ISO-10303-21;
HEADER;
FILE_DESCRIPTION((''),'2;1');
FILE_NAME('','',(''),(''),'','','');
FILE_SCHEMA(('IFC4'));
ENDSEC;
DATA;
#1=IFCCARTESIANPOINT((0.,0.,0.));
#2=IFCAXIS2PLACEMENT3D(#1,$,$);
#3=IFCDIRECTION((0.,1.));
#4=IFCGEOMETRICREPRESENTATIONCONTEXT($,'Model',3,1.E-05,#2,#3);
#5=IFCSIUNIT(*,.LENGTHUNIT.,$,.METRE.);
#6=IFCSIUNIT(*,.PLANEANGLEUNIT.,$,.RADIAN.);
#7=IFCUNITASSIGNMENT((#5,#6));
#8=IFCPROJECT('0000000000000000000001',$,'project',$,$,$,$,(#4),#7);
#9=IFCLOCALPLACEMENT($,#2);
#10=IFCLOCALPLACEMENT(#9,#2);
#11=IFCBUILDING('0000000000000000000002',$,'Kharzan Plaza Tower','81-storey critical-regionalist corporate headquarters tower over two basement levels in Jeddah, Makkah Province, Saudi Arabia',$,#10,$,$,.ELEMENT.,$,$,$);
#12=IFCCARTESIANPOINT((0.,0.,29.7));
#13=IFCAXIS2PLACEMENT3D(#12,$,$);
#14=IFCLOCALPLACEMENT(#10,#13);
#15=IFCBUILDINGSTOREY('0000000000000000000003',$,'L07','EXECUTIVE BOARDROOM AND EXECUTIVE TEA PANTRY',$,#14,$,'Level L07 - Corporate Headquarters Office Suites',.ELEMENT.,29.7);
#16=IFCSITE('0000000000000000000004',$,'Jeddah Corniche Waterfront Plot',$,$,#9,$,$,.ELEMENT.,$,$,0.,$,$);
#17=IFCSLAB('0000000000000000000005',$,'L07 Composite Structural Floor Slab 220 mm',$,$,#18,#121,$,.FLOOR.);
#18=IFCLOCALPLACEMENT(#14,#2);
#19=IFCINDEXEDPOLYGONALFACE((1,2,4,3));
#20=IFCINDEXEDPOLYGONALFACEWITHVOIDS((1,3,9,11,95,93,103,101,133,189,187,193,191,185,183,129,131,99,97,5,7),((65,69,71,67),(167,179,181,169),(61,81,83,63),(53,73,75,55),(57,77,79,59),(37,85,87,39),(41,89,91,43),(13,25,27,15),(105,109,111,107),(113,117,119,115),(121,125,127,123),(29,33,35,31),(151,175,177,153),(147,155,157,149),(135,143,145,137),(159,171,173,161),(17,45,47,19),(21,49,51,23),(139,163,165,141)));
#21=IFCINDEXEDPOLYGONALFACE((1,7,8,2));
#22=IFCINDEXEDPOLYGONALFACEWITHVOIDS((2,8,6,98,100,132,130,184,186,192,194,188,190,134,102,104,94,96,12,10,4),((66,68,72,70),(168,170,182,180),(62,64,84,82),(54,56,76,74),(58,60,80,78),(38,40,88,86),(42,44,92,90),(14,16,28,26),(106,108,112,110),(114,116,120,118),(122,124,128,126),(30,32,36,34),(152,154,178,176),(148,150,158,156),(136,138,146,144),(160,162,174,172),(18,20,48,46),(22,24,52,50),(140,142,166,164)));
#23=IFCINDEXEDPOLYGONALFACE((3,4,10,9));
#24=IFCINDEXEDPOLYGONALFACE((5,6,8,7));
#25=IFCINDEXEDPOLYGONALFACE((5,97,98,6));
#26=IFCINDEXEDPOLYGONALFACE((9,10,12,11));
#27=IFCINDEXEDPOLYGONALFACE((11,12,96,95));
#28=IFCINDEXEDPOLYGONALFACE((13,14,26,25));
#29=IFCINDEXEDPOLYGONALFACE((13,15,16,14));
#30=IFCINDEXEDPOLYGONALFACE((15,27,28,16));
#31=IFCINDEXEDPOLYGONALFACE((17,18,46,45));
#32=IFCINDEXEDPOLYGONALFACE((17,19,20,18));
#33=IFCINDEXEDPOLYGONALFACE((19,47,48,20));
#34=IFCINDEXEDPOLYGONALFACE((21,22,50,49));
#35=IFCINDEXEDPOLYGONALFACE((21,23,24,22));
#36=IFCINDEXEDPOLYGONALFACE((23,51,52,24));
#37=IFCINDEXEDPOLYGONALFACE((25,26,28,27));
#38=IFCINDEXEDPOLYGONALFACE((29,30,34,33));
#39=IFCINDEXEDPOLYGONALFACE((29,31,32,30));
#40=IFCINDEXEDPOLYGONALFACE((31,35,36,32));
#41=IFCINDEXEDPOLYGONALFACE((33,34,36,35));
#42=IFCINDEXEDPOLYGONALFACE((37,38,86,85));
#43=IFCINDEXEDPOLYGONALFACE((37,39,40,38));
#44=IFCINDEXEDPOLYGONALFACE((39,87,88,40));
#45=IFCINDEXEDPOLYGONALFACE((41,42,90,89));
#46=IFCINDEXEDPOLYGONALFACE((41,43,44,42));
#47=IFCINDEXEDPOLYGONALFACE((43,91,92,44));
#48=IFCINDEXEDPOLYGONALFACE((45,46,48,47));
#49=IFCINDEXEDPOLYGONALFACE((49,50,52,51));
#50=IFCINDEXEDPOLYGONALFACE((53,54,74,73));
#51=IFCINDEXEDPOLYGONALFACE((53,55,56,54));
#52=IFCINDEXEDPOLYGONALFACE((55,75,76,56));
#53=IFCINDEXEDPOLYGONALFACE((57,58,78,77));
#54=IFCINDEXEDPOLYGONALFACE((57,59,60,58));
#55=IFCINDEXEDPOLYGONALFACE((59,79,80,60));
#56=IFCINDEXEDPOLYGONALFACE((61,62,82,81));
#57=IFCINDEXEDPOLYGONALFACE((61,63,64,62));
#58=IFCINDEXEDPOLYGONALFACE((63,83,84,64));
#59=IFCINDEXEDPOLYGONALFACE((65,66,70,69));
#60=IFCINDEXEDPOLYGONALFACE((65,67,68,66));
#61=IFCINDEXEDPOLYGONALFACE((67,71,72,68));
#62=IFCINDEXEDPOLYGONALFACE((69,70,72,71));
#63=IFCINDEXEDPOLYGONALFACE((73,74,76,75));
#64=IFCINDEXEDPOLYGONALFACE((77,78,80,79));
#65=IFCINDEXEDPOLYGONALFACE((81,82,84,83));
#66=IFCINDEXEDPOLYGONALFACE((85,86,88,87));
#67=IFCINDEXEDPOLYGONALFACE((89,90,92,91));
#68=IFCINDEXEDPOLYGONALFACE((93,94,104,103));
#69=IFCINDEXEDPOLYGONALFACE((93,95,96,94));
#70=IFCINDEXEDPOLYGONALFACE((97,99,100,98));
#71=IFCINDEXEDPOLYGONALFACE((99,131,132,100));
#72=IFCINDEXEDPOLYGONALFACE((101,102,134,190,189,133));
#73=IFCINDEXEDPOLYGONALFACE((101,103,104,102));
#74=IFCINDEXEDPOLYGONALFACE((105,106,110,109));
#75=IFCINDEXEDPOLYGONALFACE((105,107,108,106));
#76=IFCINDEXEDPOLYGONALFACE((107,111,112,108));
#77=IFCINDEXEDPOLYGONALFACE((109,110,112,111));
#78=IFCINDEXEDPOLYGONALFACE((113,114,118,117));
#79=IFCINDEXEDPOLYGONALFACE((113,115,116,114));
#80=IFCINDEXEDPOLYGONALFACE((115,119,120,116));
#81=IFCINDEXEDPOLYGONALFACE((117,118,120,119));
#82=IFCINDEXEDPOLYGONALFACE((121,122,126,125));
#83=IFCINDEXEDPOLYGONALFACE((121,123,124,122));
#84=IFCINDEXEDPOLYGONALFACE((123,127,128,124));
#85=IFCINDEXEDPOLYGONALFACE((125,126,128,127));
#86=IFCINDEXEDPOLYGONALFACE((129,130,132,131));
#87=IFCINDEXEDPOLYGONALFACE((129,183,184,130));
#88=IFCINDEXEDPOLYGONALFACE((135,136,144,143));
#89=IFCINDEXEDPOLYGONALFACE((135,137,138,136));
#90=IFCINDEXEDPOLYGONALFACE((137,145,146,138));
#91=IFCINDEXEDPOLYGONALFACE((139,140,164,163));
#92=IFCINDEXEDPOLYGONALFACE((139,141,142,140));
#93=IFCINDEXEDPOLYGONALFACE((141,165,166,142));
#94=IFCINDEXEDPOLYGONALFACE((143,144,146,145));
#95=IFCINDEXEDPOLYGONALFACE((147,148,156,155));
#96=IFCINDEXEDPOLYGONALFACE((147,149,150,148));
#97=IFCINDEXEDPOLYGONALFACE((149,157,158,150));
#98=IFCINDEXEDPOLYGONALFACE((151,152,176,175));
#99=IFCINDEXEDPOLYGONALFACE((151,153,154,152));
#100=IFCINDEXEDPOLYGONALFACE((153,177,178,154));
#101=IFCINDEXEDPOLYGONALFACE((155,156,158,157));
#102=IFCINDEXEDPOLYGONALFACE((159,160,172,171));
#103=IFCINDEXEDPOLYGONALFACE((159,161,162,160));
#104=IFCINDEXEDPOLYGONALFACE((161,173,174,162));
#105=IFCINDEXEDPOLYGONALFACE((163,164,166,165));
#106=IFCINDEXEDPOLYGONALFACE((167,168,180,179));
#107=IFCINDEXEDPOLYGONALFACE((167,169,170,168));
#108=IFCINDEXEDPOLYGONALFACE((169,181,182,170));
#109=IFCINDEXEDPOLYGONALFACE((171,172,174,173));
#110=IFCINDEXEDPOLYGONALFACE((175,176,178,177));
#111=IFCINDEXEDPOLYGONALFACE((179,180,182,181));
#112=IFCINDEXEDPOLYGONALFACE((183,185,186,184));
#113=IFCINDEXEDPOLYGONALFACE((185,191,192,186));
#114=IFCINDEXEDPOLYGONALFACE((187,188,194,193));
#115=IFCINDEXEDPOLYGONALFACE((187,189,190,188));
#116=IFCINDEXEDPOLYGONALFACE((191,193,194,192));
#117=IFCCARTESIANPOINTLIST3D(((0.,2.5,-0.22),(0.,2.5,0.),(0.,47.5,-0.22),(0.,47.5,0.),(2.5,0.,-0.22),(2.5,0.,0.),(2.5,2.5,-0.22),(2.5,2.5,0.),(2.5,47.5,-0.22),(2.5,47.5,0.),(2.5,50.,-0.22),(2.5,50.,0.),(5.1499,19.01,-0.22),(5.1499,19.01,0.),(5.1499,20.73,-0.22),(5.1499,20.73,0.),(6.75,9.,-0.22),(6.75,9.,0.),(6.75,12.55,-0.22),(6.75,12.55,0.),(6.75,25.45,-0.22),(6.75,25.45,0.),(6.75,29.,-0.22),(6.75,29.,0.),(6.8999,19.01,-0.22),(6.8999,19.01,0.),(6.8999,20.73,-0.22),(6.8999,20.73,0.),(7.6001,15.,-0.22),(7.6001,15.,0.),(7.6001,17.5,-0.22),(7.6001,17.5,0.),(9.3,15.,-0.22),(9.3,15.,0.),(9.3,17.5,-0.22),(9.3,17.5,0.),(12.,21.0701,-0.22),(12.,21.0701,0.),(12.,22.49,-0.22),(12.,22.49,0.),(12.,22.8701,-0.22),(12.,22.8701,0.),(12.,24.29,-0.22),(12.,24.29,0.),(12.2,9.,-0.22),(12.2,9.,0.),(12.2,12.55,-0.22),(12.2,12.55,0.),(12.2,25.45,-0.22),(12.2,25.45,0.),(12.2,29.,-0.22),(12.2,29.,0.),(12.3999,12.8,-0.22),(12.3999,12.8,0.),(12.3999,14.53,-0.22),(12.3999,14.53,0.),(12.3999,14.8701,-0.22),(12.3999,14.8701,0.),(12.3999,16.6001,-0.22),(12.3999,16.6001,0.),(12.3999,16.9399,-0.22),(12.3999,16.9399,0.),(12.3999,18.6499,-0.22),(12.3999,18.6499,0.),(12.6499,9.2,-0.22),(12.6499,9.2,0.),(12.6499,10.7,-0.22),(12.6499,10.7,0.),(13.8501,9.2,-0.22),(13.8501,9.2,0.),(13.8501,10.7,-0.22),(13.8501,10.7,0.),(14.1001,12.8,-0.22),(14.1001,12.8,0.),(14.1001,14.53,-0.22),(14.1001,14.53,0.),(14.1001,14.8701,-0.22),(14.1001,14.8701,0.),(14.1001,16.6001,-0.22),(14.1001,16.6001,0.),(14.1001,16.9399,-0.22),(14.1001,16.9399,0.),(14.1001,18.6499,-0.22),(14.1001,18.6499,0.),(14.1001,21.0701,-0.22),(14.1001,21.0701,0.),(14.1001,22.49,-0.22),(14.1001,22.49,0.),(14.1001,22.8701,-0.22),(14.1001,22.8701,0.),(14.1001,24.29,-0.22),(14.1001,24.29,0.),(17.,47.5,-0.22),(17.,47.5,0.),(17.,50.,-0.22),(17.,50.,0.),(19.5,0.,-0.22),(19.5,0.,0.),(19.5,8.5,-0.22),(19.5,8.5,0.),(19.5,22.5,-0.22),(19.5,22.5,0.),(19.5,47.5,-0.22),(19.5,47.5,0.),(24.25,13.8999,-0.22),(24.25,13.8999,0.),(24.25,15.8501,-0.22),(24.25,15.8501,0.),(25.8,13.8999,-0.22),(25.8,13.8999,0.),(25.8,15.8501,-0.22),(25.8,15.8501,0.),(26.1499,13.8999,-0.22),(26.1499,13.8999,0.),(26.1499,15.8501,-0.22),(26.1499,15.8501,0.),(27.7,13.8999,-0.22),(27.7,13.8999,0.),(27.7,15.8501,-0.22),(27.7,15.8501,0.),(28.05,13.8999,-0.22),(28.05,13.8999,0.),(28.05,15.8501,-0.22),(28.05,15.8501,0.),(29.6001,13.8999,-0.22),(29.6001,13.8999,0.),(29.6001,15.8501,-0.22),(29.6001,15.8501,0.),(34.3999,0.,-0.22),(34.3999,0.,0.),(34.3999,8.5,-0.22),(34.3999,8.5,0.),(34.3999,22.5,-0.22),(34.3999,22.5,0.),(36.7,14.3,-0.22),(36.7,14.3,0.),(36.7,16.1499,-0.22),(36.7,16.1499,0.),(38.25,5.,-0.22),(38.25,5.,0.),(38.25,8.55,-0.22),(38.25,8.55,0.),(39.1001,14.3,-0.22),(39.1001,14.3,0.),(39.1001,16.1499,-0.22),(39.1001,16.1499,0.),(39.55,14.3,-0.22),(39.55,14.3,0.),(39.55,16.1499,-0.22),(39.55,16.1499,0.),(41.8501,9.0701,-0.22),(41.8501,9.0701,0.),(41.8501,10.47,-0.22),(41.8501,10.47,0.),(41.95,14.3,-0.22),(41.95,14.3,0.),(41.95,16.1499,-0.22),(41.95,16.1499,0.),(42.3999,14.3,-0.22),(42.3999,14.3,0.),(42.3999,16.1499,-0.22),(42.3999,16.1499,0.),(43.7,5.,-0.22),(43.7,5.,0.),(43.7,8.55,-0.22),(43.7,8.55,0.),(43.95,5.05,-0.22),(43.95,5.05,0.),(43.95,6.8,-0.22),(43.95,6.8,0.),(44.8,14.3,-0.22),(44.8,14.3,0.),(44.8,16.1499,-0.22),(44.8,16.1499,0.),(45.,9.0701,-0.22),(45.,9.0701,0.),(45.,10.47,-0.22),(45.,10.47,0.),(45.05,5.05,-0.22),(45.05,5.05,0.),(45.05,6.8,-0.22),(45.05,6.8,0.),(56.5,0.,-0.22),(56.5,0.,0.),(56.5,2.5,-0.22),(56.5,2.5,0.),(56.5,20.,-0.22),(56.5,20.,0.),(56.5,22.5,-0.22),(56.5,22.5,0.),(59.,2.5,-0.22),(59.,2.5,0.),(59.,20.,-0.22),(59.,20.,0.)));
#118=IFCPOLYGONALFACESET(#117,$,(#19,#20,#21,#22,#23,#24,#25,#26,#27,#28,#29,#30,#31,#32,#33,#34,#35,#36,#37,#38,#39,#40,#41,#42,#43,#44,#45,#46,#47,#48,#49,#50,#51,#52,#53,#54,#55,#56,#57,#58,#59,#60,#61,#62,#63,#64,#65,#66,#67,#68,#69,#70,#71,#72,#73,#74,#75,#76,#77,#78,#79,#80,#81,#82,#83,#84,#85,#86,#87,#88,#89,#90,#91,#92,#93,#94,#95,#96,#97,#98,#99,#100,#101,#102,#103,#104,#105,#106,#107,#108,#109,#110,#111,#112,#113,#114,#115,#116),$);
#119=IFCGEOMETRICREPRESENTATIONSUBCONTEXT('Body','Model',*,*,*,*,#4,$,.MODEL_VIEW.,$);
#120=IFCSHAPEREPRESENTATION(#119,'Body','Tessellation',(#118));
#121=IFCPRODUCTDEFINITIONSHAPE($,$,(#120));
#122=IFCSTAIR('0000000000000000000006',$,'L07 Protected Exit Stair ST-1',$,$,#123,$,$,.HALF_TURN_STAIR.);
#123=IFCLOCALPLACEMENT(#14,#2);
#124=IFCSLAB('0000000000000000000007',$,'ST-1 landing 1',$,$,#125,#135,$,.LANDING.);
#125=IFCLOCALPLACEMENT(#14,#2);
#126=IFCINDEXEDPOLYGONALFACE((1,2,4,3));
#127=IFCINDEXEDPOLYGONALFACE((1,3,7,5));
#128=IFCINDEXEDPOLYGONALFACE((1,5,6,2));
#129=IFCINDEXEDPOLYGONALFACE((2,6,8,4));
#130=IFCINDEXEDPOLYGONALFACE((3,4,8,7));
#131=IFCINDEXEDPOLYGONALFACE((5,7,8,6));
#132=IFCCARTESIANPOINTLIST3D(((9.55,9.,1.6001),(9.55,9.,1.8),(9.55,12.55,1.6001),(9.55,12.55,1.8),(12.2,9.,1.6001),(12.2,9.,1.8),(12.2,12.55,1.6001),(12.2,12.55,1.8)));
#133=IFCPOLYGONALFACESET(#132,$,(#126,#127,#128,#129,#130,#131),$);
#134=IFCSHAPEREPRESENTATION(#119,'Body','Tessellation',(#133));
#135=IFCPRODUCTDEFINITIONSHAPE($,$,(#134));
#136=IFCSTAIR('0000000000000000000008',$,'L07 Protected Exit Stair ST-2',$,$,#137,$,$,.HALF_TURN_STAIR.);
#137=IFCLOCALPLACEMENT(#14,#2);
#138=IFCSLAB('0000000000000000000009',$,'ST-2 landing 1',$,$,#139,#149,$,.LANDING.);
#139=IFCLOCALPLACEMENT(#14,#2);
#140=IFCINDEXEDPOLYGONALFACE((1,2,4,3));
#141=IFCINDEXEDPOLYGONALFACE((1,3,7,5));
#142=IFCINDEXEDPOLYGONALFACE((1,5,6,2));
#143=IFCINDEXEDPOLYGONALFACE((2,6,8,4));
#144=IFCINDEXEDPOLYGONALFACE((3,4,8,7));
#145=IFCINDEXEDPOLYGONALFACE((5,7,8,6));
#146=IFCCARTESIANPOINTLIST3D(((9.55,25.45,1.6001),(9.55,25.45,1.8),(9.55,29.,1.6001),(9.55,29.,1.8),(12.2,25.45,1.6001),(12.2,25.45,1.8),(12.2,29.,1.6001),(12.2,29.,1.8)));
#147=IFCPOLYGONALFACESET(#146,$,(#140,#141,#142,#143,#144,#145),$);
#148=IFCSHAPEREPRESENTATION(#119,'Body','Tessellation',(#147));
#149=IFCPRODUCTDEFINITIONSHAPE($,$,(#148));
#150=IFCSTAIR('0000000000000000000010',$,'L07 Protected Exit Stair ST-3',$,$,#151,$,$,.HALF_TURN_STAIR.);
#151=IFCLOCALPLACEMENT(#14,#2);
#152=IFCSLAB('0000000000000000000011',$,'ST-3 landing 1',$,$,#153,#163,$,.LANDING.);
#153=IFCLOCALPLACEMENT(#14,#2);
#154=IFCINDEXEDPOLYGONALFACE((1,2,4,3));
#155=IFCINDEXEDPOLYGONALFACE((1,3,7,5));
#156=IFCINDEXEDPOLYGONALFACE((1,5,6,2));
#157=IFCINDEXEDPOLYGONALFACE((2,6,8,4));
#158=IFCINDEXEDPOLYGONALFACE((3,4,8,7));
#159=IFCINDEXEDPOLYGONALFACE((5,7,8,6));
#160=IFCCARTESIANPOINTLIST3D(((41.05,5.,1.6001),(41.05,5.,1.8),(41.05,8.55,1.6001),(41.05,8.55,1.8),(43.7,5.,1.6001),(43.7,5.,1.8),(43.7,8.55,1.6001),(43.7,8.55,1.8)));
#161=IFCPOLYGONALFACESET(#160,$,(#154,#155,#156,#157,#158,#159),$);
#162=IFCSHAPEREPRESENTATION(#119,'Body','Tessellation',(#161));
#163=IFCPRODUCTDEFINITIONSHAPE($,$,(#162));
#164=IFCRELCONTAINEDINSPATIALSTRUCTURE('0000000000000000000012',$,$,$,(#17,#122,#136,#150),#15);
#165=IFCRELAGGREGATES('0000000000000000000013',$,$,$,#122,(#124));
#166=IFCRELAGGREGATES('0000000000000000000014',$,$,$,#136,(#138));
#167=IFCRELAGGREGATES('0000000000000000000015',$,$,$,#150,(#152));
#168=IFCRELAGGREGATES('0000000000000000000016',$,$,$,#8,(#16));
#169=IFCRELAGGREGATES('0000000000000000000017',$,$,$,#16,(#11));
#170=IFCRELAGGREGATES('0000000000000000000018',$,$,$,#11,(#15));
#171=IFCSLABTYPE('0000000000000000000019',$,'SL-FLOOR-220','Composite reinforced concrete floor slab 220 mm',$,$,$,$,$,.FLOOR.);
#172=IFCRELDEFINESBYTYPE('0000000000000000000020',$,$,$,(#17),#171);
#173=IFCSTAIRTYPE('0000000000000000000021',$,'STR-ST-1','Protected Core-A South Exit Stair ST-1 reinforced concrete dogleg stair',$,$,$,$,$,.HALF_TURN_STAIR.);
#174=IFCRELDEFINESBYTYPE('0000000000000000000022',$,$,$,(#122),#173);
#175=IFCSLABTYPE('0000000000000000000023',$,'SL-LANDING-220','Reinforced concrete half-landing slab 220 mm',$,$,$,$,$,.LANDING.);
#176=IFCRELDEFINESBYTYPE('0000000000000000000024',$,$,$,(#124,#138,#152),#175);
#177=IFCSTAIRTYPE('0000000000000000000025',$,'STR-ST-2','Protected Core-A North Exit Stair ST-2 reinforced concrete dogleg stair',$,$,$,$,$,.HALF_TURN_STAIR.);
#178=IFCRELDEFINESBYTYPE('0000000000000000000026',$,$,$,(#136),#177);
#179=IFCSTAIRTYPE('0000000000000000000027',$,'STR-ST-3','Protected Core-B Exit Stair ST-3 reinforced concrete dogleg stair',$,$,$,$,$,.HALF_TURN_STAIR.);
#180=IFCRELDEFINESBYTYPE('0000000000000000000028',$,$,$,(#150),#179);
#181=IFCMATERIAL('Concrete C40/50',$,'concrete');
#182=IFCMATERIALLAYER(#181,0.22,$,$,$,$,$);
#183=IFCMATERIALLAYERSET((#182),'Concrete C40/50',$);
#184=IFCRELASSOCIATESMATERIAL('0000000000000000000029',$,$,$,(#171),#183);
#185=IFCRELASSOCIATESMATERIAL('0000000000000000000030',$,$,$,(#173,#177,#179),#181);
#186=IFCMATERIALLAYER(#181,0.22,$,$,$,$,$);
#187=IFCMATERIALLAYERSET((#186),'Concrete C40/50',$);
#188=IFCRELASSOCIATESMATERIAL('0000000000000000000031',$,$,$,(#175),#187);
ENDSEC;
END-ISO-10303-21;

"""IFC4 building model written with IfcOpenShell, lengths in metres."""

from ifc_helpers import new_model, si_unit, direction, frame, origin, place, context, subcontext, project, spatial, polyline, outline, extrude, material, layer, layer_set, type_object, element, aggregate, save


model = new_model("IFC4")

# Units and contexts
model_context = context("Model", 3, precision=1e-05, world=origin(), true_north=direction((0.0, 1.0)))
body_context = subcontext(model_context, "Body", "Model", "MODEL_VIEW")
ifc_project = project(units=[si_unit("LENGTHUNIT", "METRE"), si_unit("PLANEANGLEUNIT", "RADIAN")], contexts=[model_context])

# Site, building, storey
site_placement = place(None, origin())
site = spatial("IfcSite", under=ifc_project, at=site_placement, Name="Jeddah Corniche Waterfront Plot", CompositionType="ELEMENT", RefElevation=0.0)
building_placement = place(site_placement, origin())
building = spatial("IfcBuilding", under=site, at=building_placement, Name="Kharzan Plaza Tower", Description="81-storey critical-regionalist corporate headquarters tower over two basement levels in Jeddah, Makkah Province, Saudi Arabia", CompositionType="ELEMENT")
storey_placement = place(building_placement, frame((0.0, 0.0, 29.7)))
storey = spatial("IfcBuildingStorey", under=building, at=storey_placement, Name="L07", Description="EXECUTIVE BOARDROOM AND EXECUTIVE TEA PANTRY", LongName="Level L07 - Corporate Headquarters Office Suites", CompositionType="ELEMENT", Elevation=29.7)

# Slab
ifc_material_1 = material(Name="Concrete C40/50", Category="concrete")
ifc_layer_1 = layer(ifc_material_1, 0.22)
ifc_layer_set_1 = layer_set([ifc_layer_1], Name="Concrete C40/50")
slab_type_1 = type_object("IfcSlabType", Name="SL-FLOOR-220", Description="Composite reinforced concrete floor slab 220 mm", PredefinedType="FLOOR", material=ifc_layer_set_1)
slab_1_placement = place(storey_placement, frame((0.0, 0.0, -0.22)))
element("IfcSlab", 1, at=slab_1_placement, inside=storey, type_object=slab_type_1, Name="L07 Composite Structural Floor Slab 220 mm", PredefinedType="FLOOR", context=body_context, shape_type="SweptSolid", body=[
    extrude(outline(polyline([(34.3999, 22.5), (19.5, 22.5), (19.5, 47.5), (17.0, 47.5), (17.0, 50.0), (2.5, 50.0), (2.5, 47.5), (0.0, 47.5), (0.0, 2.5), (2.5, 2.5), (2.5, 0.0), (19.5, 0.0), (19.5, 8.5), (34.3999, 8.5), (34.3999, 0.0), (56.5, 0.0), (56.5, 2.5), (59.0, 2.5), (59.0, 20.0), (56.5, 20.0), (56.5, 22.5), (34.3999, 22.5)]), holes=[polyline([(13.8501, 9.2), (13.8501, 10.7), (12.6499, 10.7), (12.6499, 9.2), (13.8501, 9.2)]), polyline([(12.2, 9.0), (12.2, 12.55), (6.75, 12.55), (6.75, 9.0), (12.2, 9.0)]), polyline([(14.1001, 12.8), (14.1001, 14.53), (12.3999, 14.53), (12.3999, 12.8), (14.1001, 12.8)]), polyline([(14.1001, 14.8701), (14.1001, 16.6001), (12.3999, 16.6001), (12.3999, 14.8701), (14.1001, 14.8701)]), polyline([(9.3, 15.0), (9.3, 17.5), (7.6001, 17.5), (7.6001, 15.0), (9.3, 15.0)]), polyline([(14.1001, 16.9399), (14.1001, 18.6499), (12.3999, 18.6499), (12.3999, 16.9399), (14.1001, 16.9399)]), polyline([(6.8999, 19.01), (6.8999, 20.73), (5.1499, 20.73), (5.1499, 19.01), (6.8999, 19.01)]), polyline([(12.0, 21.0701), (14.1001, 21.0701), (14.1001, 22.49), (12.0, 22.49), (12.0, 21.0701)]), polyline([(12.0, 22.8701), (14.1001, 22.8701), (14.1001, 24.29), (12.0, 24.29), (12.0, 22.8701)]), polyline([(12.2, 25.45), (12.2, 29.0), (6.75, 29.0), (6.75, 25.45), (12.2, 25.45)]), polyline([(45.05, 5.05), (45.05, 6.8), (43.95, 6.8), (43.95, 5.05), (45.05, 5.05)]), polyline([(43.7, 5.0), (43.7, 8.55), (38.25, 8.55), (38.25, 5.0), (43.7, 5.0)]), polyline([(41.8501, 9.0701), (45.0, 9.0701), (45.0, 10.47), (41.8501, 10.47), (41.8501, 9.0701)]), polyline([(24.25, 13.8999), (25.8, 13.8999), (25.8, 15.8501), (24.25, 15.8501), (24.25, 13.8999)]), polyline([(27.7, 13.8999), (27.7, 15.8501), (26.1499, 15.8501), (26.1499, 13.8999), (27.7, 13.8999)]), polyline([(29.6001, 13.8999), (29.6001, 15.8501), (28.05, 15.8501), (28.05, 13.8999), (29.6001, 13.8999)]), polyline([(39.1001, 14.3), (39.1001, 16.1499), (36.7, 16.1499), (36.7, 14.3), (39.1001, 14.3)]), polyline([(39.55, 14.3), (41.95, 14.3), (41.95, 16.1499), (39.55, 16.1499), (39.55, 14.3)]), polyline([(42.3999, 14.3), (44.8, 14.3), (44.8, 16.1499), (42.3999, 16.1499), (42.3999, 14.3)])]), origin(), (0.0, 0.0, 1.0), 0.22),
])

# Stairs, slabs
stair_type_1 = type_object("IfcStairType", Name="STR-ST-1", Description="Protected Core-A South Exit Stair ST-1 reinforced concrete dogleg stair", PredefinedType="HALF_TURN_STAIR", material=ifc_material_1)
stair_1_placement = place(storey_placement, origin())
stair_1 = element("IfcStair", 2, at=stair_1_placement, inside=storey, type_object=stair_type_1, Name="L07 Protected Exit Stair ST-1", PredefinedType="HALF_TURN_STAIR")
ifc_layer_2 = layer(ifc_material_1, 0.22)
ifc_layer_set_2 = layer_set([ifc_layer_2], Name="Concrete C40/50")
slab_type_2 = type_object("IfcSlabType", Name="SL-LANDING-220", Description="Reinforced concrete half-landing slab 220 mm", PredefinedType="LANDING", material=ifc_layer_set_2)
slab_2_placement = place(storey_placement, frame((0.0, 0.0, 1.6001)))
slab_2 = element("IfcSlab", 3, at=slab_2_placement, type_object=slab_type_2, Name="ST-1 landing 1", PredefinedType="LANDING", context=body_context, shape_type="SweptSolid", body=[
    extrude(outline(polyline([(9.55, 9.0), (12.2, 9.0), (12.2, 12.55), (9.55, 12.55), (9.55, 9.0)])), origin(), (0.0, 0.0, 1.0), 0.2),
])
aggregate(stair_1, [slab_2])
stair_type_2 = type_object("IfcStairType", Name="STR-ST-2", Description="Protected Core-A North Exit Stair ST-2 reinforced concrete dogleg stair", PredefinedType="HALF_TURN_STAIR", material=ifc_material_1)
stair_2_placement = place(storey_placement, origin())
stair_2 = element("IfcStair", 4, at=stair_2_placement, inside=storey, type_object=stair_type_2, Name="L07 Protected Exit Stair ST-2", PredefinedType="HALF_TURN_STAIR")
slab_3_placement = place(storey_placement, frame((0.0, 0.0, 1.6001)))
slab_3 = element("IfcSlab", 5, at=slab_3_placement, type_object=slab_type_2, Name="ST-2 landing 1", PredefinedType="LANDING", context=body_context, shape_type="SweptSolid", body=[
    extrude(outline(polyline([(9.55, 25.45), (12.2, 25.45), (12.2, 29.0), (9.55, 29.0), (9.55, 25.45)])), origin(), (0.0, 0.0, 1.0), 0.2),
])
aggregate(stair_2, [slab_3])
stair_type_3 = type_object("IfcStairType", Name="STR-ST-3", Description="Protected Core-B Exit Stair ST-3 reinforced concrete dogleg stair", PredefinedType="HALF_TURN_STAIR", material=ifc_material_1)
stair_3_placement = place(storey_placement, origin())
stair_3 = element("IfcStair", 6, at=stair_3_placement, inside=storey, type_object=stair_type_3, Name="L07 Protected Exit Stair ST-3", PredefinedType="HALF_TURN_STAIR")
slab_4_placement = place(storey_placement, frame((0.0, 0.0, 1.6001)))
slab_4 = element("IfcSlab", 7, at=slab_4_placement, type_object=slab_type_2, Name="ST-3 landing 1", PredefinedType="LANDING", context=body_context, shape_type="SweptSolid", body=[
    extrude(outline(polyline([(41.05, 5.0), (43.7, 5.0), (43.7, 8.55), (41.05, 8.55), (41.05, 5.0)])), origin(), (0.0, 0.0, 1.0), 0.2),
])
aggregate(stair_3, [slab_4])

save(model, "model.ifc")
